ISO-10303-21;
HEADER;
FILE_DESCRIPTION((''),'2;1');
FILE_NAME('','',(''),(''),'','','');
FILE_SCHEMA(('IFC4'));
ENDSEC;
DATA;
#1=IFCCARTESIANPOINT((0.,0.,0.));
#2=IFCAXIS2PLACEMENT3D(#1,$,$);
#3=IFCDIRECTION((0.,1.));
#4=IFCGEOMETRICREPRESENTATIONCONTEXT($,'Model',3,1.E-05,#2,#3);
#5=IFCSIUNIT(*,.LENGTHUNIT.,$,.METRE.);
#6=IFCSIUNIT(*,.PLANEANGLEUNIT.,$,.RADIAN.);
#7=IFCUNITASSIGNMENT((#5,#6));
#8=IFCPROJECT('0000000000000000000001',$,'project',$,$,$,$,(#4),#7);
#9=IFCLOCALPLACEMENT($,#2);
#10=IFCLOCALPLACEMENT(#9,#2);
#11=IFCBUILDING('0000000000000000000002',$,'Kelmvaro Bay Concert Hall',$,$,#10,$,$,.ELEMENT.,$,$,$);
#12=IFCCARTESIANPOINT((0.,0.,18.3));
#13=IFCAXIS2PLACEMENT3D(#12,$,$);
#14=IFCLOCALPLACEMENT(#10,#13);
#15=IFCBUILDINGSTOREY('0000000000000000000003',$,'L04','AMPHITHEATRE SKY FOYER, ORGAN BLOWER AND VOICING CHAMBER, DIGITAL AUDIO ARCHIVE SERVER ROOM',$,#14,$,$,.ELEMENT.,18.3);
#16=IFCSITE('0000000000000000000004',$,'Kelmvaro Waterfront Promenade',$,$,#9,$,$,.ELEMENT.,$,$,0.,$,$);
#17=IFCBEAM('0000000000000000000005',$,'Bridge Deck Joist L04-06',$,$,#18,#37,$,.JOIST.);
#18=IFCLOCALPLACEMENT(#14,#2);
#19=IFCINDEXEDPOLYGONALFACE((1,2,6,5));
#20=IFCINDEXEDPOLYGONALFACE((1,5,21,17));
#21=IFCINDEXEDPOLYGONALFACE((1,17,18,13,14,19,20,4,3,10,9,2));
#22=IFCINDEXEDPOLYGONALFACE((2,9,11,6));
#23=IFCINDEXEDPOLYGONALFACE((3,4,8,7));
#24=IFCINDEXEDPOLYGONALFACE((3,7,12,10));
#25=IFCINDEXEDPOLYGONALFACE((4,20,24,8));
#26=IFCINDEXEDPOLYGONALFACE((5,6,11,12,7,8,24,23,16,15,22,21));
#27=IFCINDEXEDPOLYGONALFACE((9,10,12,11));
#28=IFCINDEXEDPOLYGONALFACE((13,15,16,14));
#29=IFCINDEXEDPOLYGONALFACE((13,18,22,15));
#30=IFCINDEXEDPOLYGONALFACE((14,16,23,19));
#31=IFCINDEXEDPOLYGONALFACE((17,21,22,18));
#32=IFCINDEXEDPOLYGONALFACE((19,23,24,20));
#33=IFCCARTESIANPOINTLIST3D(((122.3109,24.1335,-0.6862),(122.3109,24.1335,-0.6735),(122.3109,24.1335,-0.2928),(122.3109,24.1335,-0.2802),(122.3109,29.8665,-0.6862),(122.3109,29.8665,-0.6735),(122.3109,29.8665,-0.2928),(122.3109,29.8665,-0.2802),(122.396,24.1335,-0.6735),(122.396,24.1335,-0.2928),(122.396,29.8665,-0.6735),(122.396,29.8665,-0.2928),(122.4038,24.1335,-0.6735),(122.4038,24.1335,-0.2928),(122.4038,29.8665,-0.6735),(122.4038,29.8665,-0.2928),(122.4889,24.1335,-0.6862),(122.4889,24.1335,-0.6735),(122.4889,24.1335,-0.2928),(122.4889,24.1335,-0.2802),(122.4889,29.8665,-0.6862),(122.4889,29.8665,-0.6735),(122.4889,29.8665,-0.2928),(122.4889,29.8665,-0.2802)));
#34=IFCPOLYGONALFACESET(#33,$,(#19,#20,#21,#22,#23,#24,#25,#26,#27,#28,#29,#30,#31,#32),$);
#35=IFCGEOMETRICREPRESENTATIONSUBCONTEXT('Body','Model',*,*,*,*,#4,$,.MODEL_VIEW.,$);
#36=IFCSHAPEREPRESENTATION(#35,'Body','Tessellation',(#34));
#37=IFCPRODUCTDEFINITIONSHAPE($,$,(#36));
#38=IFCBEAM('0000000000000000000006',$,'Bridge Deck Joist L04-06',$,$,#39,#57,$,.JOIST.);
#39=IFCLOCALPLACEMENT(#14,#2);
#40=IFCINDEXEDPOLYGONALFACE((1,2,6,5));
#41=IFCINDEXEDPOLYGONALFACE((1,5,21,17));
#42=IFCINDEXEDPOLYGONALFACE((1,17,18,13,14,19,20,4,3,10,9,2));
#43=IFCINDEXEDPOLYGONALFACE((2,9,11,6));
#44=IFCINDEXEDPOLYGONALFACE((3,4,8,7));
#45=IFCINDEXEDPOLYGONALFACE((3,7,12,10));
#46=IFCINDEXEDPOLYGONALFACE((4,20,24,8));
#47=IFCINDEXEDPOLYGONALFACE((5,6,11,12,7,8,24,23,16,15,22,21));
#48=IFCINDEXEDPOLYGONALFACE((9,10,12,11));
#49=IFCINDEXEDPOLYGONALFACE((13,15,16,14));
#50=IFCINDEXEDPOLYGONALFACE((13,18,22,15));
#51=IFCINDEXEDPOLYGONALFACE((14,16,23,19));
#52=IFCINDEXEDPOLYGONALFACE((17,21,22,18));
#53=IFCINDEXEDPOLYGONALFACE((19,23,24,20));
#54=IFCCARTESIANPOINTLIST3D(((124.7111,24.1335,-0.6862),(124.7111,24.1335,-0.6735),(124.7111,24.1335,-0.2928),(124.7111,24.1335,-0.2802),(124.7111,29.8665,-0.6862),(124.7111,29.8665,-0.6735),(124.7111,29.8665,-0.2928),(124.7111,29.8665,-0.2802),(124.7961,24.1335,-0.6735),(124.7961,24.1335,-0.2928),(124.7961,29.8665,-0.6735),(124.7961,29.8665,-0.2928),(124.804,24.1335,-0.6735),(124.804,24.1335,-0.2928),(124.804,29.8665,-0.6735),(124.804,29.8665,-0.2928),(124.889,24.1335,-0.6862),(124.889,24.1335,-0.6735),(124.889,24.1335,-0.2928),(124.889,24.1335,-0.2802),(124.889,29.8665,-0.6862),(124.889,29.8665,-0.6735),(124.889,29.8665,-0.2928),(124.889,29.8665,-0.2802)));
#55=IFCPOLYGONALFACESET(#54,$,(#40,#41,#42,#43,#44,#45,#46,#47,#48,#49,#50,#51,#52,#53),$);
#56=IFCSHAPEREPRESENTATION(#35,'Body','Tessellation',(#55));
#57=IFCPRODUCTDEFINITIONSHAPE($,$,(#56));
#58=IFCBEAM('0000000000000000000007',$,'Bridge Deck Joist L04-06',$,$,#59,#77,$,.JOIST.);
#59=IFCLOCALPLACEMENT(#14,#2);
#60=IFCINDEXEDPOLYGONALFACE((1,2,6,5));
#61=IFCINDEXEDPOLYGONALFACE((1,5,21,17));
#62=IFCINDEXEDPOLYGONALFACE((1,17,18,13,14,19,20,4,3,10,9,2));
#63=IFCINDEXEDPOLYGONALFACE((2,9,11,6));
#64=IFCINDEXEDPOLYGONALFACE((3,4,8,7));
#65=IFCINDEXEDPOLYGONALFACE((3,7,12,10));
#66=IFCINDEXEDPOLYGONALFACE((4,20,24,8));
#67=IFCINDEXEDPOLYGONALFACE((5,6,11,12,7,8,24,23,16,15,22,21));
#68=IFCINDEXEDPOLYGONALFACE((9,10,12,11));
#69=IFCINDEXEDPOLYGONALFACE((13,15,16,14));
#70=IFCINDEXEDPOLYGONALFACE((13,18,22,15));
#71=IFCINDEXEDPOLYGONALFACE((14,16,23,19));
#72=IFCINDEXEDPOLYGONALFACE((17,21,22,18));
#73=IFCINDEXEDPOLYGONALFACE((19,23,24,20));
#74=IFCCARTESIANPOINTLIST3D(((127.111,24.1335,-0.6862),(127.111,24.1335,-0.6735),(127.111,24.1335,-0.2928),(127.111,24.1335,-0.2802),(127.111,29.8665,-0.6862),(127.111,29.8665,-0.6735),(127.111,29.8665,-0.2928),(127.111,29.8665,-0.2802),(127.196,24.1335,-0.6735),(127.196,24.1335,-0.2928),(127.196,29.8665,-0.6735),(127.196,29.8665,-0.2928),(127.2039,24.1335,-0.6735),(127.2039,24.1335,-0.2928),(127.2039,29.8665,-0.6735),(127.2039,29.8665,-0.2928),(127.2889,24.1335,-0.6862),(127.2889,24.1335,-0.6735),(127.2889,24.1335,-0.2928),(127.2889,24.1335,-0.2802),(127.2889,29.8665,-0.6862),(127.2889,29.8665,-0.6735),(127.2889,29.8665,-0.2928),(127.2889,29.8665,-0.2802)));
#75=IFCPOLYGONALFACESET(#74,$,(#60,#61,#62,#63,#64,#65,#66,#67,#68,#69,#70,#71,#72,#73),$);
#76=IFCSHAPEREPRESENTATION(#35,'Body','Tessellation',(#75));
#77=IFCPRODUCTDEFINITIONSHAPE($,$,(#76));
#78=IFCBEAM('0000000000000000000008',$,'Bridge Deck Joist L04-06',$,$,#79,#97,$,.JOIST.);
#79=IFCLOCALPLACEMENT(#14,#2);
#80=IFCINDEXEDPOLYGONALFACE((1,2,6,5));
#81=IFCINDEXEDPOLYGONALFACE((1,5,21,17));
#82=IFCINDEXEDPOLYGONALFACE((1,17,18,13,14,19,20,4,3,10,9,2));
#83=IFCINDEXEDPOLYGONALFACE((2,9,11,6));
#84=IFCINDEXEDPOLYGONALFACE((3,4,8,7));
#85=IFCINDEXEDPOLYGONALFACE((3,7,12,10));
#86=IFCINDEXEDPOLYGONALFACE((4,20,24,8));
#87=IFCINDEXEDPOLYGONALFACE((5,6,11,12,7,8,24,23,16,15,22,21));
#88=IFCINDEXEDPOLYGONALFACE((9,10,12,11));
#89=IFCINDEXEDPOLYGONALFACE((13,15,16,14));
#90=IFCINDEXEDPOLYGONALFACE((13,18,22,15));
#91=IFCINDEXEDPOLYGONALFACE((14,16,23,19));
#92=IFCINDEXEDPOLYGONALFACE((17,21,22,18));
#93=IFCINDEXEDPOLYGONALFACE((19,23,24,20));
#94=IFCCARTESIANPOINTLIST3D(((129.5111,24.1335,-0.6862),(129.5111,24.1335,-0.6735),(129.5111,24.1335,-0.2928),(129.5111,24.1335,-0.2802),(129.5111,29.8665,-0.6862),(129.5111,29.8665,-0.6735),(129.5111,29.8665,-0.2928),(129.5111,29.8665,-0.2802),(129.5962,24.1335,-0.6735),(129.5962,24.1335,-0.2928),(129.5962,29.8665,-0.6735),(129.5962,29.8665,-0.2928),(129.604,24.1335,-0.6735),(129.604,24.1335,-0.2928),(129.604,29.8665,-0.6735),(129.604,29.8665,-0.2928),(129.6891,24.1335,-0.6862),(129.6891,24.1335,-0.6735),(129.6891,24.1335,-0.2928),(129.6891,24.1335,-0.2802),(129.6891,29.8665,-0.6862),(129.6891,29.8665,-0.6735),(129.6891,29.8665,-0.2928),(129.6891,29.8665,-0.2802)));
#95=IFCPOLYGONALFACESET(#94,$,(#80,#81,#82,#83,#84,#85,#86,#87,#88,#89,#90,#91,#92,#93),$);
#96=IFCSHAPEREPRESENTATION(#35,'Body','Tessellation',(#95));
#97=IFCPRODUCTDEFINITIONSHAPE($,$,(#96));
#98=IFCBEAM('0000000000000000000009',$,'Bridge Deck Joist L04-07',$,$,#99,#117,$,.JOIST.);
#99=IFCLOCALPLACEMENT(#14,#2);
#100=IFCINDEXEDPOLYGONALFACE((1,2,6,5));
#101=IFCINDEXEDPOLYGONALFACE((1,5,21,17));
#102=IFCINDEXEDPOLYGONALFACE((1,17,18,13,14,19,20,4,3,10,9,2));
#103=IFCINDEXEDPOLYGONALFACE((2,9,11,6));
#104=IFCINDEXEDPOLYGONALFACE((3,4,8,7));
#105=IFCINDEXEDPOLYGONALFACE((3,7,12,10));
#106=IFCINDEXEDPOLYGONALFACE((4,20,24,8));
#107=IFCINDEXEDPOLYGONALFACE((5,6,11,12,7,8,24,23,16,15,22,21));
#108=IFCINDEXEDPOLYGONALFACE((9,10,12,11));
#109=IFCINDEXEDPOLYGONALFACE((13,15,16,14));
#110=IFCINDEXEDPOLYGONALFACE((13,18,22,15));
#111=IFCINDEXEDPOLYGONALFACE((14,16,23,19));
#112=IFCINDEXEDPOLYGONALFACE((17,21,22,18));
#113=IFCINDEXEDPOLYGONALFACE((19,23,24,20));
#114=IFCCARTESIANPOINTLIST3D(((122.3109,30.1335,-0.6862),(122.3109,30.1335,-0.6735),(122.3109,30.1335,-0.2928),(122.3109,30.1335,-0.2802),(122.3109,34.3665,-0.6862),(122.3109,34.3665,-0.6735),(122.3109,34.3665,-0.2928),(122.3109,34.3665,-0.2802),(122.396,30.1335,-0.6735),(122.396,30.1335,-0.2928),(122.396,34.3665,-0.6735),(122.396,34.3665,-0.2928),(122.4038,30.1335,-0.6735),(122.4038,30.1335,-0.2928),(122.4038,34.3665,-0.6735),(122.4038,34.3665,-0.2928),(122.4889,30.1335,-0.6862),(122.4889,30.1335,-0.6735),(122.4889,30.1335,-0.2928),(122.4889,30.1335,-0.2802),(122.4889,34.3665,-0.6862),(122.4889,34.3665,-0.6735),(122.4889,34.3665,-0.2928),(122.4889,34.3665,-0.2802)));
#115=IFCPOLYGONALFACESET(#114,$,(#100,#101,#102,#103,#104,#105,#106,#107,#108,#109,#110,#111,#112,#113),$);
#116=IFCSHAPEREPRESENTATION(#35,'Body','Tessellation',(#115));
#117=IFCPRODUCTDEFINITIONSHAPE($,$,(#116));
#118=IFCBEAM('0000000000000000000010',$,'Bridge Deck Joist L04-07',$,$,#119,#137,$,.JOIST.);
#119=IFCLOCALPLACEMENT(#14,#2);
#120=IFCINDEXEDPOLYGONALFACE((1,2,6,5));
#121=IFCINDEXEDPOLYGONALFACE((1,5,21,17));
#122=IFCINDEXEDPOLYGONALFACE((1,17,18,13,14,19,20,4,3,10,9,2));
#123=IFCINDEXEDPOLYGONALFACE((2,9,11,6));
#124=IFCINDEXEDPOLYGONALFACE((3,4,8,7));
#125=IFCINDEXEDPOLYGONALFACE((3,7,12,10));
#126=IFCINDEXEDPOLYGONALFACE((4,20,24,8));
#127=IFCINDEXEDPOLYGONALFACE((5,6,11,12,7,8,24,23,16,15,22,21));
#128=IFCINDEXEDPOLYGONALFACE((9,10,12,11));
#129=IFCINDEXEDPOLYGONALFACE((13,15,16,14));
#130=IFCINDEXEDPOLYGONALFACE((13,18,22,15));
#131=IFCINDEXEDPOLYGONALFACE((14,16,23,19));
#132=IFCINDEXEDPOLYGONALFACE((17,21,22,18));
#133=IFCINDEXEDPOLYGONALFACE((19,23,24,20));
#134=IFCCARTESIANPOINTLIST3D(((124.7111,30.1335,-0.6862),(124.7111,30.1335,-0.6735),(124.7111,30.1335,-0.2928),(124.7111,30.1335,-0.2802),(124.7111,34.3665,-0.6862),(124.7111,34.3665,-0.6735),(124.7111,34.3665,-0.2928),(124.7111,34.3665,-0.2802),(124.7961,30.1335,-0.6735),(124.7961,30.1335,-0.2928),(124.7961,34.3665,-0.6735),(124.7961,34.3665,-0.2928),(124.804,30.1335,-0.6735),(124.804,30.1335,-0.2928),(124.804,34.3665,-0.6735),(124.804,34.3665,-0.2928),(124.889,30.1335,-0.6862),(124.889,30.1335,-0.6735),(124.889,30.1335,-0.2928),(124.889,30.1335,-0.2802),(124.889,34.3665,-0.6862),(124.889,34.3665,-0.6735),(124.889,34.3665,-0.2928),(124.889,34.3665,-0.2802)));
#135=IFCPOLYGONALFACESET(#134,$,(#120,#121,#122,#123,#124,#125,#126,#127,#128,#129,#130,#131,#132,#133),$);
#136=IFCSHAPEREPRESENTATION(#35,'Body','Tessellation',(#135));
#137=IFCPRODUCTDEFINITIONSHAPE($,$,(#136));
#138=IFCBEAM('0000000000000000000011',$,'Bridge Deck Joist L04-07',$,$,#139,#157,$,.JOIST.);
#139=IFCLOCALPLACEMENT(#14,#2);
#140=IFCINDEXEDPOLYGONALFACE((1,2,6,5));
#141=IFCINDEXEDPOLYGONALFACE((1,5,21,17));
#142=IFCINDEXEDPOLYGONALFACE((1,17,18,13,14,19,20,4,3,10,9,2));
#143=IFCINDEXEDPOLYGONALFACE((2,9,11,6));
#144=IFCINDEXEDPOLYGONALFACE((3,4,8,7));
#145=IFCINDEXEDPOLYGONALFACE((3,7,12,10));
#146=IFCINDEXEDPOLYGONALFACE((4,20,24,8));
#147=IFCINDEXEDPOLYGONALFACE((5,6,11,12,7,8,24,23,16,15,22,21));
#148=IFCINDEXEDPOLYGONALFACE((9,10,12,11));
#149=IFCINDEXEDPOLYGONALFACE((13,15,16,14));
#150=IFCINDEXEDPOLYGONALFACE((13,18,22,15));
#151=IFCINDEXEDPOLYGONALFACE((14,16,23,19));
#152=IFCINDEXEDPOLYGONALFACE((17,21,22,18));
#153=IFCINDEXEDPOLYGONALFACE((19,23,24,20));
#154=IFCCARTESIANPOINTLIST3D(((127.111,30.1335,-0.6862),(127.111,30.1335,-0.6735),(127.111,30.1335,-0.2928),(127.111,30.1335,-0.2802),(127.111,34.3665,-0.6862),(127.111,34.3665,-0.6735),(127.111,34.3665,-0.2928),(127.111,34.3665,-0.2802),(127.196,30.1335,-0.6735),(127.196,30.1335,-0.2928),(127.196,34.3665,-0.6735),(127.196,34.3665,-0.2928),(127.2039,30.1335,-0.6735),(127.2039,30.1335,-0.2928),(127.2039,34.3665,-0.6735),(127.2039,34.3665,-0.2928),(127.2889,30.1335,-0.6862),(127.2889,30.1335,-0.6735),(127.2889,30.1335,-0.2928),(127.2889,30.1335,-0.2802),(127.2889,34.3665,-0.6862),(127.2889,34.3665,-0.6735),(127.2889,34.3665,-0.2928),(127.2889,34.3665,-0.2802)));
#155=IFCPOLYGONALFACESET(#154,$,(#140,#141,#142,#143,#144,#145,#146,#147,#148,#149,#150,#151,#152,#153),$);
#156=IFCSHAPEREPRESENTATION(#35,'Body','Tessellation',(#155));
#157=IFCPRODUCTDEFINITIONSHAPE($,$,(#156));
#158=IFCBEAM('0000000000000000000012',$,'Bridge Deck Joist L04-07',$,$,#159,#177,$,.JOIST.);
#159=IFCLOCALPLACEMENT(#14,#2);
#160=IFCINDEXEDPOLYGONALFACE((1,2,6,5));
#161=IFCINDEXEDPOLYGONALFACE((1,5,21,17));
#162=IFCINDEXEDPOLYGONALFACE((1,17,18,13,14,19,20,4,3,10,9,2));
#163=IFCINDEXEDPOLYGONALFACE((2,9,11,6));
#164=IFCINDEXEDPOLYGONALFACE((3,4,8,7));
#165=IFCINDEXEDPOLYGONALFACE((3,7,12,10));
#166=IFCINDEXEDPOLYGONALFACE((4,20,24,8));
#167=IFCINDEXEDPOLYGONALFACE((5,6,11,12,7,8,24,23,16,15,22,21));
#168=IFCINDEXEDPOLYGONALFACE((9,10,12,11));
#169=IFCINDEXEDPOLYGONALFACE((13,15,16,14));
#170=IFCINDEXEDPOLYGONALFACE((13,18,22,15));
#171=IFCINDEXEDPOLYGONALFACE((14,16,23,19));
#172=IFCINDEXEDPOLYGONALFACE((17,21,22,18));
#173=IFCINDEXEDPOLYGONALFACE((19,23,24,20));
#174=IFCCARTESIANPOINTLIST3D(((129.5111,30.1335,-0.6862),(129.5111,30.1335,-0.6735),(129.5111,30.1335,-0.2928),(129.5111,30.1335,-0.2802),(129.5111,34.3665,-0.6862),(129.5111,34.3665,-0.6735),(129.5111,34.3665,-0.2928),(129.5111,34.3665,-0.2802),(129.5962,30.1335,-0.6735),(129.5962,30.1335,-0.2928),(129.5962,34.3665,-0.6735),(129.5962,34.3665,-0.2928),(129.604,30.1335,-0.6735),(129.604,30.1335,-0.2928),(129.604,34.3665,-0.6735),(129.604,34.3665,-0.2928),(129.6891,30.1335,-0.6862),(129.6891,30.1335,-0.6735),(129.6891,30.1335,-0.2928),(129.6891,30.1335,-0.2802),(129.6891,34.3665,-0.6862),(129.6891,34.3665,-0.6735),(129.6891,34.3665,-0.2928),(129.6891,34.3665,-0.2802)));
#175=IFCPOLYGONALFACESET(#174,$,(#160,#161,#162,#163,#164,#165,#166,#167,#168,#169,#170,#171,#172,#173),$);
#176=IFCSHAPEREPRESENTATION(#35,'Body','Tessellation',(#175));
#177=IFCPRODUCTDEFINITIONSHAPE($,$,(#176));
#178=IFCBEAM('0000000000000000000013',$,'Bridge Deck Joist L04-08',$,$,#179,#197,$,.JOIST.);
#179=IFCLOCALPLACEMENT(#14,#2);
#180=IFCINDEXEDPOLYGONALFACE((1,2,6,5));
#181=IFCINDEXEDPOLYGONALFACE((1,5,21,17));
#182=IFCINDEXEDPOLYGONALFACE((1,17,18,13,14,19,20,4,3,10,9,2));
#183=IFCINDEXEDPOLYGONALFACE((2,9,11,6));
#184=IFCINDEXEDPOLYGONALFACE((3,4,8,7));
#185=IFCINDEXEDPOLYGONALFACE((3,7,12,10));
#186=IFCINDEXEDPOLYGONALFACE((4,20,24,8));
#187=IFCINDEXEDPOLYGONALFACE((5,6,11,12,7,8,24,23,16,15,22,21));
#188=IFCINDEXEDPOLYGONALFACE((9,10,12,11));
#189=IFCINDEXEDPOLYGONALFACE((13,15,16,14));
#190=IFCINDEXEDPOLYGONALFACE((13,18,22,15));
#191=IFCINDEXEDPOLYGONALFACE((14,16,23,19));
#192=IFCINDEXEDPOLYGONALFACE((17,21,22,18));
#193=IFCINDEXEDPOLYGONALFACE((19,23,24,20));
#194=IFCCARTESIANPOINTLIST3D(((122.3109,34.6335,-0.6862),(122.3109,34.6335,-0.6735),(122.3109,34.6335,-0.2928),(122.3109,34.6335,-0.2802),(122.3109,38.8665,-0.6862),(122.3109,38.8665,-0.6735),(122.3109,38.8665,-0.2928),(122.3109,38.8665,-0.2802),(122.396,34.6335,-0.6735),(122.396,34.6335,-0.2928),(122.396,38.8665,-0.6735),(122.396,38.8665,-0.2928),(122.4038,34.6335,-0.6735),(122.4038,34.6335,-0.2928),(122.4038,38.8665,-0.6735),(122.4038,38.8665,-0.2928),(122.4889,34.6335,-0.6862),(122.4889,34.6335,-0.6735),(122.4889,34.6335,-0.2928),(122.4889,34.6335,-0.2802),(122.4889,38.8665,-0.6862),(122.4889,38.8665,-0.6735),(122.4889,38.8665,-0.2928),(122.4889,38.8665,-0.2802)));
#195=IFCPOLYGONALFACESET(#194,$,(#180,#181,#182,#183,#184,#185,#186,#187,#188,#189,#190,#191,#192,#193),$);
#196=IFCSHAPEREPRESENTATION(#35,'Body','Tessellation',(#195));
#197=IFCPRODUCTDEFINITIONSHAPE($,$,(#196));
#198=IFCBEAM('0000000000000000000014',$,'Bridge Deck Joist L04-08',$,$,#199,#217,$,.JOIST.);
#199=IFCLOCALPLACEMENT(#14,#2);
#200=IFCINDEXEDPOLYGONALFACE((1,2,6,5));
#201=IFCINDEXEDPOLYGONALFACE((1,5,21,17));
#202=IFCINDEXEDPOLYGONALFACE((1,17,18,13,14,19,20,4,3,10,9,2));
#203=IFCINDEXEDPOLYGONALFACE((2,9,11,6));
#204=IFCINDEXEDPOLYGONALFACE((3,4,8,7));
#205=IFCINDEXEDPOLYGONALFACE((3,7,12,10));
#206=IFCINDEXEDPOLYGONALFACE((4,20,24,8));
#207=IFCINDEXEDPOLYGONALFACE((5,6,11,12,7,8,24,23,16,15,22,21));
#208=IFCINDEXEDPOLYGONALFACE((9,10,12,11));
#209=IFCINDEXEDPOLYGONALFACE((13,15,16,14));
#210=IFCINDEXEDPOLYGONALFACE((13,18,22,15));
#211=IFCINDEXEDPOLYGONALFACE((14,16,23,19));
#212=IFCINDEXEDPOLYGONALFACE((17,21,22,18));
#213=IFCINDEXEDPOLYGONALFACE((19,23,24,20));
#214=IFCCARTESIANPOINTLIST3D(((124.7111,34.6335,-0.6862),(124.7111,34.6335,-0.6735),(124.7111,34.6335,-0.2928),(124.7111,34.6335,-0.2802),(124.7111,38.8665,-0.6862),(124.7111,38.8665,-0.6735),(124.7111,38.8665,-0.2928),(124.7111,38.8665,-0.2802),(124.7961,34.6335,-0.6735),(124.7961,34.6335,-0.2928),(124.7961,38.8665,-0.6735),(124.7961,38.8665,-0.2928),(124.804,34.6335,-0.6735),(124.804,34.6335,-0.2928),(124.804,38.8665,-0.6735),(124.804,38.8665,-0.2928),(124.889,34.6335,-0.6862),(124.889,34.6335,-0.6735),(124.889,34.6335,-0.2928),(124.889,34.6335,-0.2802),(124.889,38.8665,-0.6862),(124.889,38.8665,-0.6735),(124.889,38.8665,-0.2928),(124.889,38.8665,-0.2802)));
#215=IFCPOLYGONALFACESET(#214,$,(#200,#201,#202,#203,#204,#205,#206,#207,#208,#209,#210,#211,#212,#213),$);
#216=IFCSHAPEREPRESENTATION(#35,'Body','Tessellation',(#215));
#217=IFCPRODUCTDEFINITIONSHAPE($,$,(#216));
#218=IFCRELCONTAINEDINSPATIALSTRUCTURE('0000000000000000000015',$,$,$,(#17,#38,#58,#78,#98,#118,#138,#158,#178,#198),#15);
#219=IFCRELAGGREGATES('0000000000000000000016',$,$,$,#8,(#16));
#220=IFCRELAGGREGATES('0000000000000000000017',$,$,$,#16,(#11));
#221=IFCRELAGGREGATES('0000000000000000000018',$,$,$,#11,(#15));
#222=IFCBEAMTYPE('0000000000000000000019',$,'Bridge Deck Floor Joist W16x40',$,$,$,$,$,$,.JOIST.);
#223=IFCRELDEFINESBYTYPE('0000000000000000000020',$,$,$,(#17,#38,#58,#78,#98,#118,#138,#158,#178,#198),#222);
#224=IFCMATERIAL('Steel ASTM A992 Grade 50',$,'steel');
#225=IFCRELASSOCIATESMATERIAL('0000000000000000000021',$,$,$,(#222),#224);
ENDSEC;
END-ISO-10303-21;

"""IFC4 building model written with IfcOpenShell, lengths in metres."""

from ifc_helpers import new_model, si_unit, direction, frame, origin, origin_2d, place, context, subcontext, project, spatial, i_section, extrude, material, material_profile, profile_set, type_object, element, save


model = new_model("IFC4")

# Units and contexts
model_context = context("Model", 3, precision=1e-05, world=origin(), true_north=direction((0.0, 1.0)))
body_context = subcontext(model_context, "Body", "Model", "MODEL_VIEW")
ifc_project = project(units=[si_unit("LENGTHUNIT", "METRE"), si_unit("PLANEANGLEUNIT", "RADIAN")], contexts=[model_context])

# Site, building, storey
site_placement = place(None, origin())
site = spatial("IfcSite", under=ifc_project, at=site_placement, Name="Kelmvaro Waterfront Promenade", CompositionType="ELEMENT", RefElevation=0.0)
building_placement = place(site_placement, origin())
building = spatial("IfcBuilding", under=site, at=building_placement, Name="Kelmvaro Bay Concert Hall", CompositionType="ELEMENT")
storey_placement = place(building_placement, frame((0.0, 0.0, 18.3)))
storey = spatial("IfcBuildingStorey", under=building, at=storey_placement, Name="L04", Description="AMPHITHEATRE SKY FOYER, ORGAN BLOWER AND VOICING CHAMBER, DIGITAL AUDIO ARCHIVE SERVER ROOM", CompositionType="ELEMENT", Elevation=18.3)

# Beams
ifc_material_1 = material(Name="Steel ASTM A992 Grade 50", Category="steel")
ifc_material_profile_1 = material_profile(ifc_material_1, i_section(OverallWidth=0.178, OverallDepth=0.406, WebThickness=0.0078, FlangeThickness=0.0127, at=origin_2d()), Name="W16X40")
ifc_profile_set_1 = profile_set([ifc_material_profile_1], Name="Steel ASTM A992 Grade 50")
beam_type_1 = type_object("IfcBeamType", Name="Bridge Deck Floor Joist W16x40", PredefinedType="JOIST", material=ifc_profile_set_1)
for number, where, z_axis, x_axis, name in (
    (1, (122.3999, 24.1335, -0.4832), (0.0, 1.0, 0.0), (-1.0, 0.0, 0.0), "Bridge Deck Joist L04-06"),
    (2, (124.8, 24.1335, -0.4832), (0.0, 1.0, 0.0), (-1.0, 0.0, 0.0), "Bridge Deck Joist L04-06"),
    (3, (127.2, 24.1335, -0.4832), (0.0, 1.0, 0.0), (-1.0, 0.0, 0.0), "Bridge Deck Joist L04-06"),
    (4, (129.6001, 24.1335, -0.4832), (0.0, 1.0, 0.0), (-1.0, 0.0, 0.0), "Bridge Deck Joist L04-06"),
):
    element("IfcBeam", number, at=place(storey_placement, frame(where, z_axis=z_axis, x_axis=x_axis)), inside=storey, type_object=beam_type_1, Name=name, PredefinedType="JOIST", context=body_context, shape_type="SweptSolid", body=[
        extrude(i_section(OverallWidth=0.178, OverallDepth=0.406, WebThickness=0.0078, FlangeThickness=0.0127, at=origin_2d()), origin(), (0.0, 0.0, 1.0), 5.7329),
    ])
for number, where, z_axis, x_axis, name in (
    (5, (122.3999, 30.1335, -0.4832), (0.0, 1.0, 0.0), (-1.0, 0.0, 0.0), "Bridge Deck Joist L04-07"),
    (6, (124.8, 30.1335, -0.4832), (0.0, 1.0, 0.0), (-1.0, 0.0, 0.0), "Bridge Deck Joist L04-07"),
    (7, (127.2, 30.1335, -0.4832), (0.0, 1.0, 0.0), (-1.0, 0.0, 0.0), "Bridge Deck Joist L04-07"),
    (8, (129.6001, 30.1335, -0.4832), (0.0, 1.0, 0.0), (-1.0, 0.0, 0.0), "Bridge Deck Joist L04-07"),
    (9, (122.3999, 34.6335, -0.4832), (0.0, 1.0, 0.0), (-1.0, 0.0, 0.0), "Bridge Deck Joist L04-08"),
    (10, (124.8, 34.6335, -0.4832), (0.0, 1.0, 0.0), (-1.0, 0.0, 0.0), "Bridge Deck Joist L04-08"),
):
    element("IfcBeam", number, at=place(storey_placement, frame(where, z_axis=z_axis, x_axis=x_axis)), inside=storey, type_object=beam_type_1, Name=name, PredefinedType="JOIST", context=body_context, shape_type="SweptSolid", body=[
        extrude(i_section(OverallWidth=0.178, OverallDepth=0.406, WebThickness=0.0078, FlangeThickness=0.0127, at=origin_2d()), origin(), (0.0, 0.0, 1.0), 4.2329),
    ])

save(model, "model.ifc")
